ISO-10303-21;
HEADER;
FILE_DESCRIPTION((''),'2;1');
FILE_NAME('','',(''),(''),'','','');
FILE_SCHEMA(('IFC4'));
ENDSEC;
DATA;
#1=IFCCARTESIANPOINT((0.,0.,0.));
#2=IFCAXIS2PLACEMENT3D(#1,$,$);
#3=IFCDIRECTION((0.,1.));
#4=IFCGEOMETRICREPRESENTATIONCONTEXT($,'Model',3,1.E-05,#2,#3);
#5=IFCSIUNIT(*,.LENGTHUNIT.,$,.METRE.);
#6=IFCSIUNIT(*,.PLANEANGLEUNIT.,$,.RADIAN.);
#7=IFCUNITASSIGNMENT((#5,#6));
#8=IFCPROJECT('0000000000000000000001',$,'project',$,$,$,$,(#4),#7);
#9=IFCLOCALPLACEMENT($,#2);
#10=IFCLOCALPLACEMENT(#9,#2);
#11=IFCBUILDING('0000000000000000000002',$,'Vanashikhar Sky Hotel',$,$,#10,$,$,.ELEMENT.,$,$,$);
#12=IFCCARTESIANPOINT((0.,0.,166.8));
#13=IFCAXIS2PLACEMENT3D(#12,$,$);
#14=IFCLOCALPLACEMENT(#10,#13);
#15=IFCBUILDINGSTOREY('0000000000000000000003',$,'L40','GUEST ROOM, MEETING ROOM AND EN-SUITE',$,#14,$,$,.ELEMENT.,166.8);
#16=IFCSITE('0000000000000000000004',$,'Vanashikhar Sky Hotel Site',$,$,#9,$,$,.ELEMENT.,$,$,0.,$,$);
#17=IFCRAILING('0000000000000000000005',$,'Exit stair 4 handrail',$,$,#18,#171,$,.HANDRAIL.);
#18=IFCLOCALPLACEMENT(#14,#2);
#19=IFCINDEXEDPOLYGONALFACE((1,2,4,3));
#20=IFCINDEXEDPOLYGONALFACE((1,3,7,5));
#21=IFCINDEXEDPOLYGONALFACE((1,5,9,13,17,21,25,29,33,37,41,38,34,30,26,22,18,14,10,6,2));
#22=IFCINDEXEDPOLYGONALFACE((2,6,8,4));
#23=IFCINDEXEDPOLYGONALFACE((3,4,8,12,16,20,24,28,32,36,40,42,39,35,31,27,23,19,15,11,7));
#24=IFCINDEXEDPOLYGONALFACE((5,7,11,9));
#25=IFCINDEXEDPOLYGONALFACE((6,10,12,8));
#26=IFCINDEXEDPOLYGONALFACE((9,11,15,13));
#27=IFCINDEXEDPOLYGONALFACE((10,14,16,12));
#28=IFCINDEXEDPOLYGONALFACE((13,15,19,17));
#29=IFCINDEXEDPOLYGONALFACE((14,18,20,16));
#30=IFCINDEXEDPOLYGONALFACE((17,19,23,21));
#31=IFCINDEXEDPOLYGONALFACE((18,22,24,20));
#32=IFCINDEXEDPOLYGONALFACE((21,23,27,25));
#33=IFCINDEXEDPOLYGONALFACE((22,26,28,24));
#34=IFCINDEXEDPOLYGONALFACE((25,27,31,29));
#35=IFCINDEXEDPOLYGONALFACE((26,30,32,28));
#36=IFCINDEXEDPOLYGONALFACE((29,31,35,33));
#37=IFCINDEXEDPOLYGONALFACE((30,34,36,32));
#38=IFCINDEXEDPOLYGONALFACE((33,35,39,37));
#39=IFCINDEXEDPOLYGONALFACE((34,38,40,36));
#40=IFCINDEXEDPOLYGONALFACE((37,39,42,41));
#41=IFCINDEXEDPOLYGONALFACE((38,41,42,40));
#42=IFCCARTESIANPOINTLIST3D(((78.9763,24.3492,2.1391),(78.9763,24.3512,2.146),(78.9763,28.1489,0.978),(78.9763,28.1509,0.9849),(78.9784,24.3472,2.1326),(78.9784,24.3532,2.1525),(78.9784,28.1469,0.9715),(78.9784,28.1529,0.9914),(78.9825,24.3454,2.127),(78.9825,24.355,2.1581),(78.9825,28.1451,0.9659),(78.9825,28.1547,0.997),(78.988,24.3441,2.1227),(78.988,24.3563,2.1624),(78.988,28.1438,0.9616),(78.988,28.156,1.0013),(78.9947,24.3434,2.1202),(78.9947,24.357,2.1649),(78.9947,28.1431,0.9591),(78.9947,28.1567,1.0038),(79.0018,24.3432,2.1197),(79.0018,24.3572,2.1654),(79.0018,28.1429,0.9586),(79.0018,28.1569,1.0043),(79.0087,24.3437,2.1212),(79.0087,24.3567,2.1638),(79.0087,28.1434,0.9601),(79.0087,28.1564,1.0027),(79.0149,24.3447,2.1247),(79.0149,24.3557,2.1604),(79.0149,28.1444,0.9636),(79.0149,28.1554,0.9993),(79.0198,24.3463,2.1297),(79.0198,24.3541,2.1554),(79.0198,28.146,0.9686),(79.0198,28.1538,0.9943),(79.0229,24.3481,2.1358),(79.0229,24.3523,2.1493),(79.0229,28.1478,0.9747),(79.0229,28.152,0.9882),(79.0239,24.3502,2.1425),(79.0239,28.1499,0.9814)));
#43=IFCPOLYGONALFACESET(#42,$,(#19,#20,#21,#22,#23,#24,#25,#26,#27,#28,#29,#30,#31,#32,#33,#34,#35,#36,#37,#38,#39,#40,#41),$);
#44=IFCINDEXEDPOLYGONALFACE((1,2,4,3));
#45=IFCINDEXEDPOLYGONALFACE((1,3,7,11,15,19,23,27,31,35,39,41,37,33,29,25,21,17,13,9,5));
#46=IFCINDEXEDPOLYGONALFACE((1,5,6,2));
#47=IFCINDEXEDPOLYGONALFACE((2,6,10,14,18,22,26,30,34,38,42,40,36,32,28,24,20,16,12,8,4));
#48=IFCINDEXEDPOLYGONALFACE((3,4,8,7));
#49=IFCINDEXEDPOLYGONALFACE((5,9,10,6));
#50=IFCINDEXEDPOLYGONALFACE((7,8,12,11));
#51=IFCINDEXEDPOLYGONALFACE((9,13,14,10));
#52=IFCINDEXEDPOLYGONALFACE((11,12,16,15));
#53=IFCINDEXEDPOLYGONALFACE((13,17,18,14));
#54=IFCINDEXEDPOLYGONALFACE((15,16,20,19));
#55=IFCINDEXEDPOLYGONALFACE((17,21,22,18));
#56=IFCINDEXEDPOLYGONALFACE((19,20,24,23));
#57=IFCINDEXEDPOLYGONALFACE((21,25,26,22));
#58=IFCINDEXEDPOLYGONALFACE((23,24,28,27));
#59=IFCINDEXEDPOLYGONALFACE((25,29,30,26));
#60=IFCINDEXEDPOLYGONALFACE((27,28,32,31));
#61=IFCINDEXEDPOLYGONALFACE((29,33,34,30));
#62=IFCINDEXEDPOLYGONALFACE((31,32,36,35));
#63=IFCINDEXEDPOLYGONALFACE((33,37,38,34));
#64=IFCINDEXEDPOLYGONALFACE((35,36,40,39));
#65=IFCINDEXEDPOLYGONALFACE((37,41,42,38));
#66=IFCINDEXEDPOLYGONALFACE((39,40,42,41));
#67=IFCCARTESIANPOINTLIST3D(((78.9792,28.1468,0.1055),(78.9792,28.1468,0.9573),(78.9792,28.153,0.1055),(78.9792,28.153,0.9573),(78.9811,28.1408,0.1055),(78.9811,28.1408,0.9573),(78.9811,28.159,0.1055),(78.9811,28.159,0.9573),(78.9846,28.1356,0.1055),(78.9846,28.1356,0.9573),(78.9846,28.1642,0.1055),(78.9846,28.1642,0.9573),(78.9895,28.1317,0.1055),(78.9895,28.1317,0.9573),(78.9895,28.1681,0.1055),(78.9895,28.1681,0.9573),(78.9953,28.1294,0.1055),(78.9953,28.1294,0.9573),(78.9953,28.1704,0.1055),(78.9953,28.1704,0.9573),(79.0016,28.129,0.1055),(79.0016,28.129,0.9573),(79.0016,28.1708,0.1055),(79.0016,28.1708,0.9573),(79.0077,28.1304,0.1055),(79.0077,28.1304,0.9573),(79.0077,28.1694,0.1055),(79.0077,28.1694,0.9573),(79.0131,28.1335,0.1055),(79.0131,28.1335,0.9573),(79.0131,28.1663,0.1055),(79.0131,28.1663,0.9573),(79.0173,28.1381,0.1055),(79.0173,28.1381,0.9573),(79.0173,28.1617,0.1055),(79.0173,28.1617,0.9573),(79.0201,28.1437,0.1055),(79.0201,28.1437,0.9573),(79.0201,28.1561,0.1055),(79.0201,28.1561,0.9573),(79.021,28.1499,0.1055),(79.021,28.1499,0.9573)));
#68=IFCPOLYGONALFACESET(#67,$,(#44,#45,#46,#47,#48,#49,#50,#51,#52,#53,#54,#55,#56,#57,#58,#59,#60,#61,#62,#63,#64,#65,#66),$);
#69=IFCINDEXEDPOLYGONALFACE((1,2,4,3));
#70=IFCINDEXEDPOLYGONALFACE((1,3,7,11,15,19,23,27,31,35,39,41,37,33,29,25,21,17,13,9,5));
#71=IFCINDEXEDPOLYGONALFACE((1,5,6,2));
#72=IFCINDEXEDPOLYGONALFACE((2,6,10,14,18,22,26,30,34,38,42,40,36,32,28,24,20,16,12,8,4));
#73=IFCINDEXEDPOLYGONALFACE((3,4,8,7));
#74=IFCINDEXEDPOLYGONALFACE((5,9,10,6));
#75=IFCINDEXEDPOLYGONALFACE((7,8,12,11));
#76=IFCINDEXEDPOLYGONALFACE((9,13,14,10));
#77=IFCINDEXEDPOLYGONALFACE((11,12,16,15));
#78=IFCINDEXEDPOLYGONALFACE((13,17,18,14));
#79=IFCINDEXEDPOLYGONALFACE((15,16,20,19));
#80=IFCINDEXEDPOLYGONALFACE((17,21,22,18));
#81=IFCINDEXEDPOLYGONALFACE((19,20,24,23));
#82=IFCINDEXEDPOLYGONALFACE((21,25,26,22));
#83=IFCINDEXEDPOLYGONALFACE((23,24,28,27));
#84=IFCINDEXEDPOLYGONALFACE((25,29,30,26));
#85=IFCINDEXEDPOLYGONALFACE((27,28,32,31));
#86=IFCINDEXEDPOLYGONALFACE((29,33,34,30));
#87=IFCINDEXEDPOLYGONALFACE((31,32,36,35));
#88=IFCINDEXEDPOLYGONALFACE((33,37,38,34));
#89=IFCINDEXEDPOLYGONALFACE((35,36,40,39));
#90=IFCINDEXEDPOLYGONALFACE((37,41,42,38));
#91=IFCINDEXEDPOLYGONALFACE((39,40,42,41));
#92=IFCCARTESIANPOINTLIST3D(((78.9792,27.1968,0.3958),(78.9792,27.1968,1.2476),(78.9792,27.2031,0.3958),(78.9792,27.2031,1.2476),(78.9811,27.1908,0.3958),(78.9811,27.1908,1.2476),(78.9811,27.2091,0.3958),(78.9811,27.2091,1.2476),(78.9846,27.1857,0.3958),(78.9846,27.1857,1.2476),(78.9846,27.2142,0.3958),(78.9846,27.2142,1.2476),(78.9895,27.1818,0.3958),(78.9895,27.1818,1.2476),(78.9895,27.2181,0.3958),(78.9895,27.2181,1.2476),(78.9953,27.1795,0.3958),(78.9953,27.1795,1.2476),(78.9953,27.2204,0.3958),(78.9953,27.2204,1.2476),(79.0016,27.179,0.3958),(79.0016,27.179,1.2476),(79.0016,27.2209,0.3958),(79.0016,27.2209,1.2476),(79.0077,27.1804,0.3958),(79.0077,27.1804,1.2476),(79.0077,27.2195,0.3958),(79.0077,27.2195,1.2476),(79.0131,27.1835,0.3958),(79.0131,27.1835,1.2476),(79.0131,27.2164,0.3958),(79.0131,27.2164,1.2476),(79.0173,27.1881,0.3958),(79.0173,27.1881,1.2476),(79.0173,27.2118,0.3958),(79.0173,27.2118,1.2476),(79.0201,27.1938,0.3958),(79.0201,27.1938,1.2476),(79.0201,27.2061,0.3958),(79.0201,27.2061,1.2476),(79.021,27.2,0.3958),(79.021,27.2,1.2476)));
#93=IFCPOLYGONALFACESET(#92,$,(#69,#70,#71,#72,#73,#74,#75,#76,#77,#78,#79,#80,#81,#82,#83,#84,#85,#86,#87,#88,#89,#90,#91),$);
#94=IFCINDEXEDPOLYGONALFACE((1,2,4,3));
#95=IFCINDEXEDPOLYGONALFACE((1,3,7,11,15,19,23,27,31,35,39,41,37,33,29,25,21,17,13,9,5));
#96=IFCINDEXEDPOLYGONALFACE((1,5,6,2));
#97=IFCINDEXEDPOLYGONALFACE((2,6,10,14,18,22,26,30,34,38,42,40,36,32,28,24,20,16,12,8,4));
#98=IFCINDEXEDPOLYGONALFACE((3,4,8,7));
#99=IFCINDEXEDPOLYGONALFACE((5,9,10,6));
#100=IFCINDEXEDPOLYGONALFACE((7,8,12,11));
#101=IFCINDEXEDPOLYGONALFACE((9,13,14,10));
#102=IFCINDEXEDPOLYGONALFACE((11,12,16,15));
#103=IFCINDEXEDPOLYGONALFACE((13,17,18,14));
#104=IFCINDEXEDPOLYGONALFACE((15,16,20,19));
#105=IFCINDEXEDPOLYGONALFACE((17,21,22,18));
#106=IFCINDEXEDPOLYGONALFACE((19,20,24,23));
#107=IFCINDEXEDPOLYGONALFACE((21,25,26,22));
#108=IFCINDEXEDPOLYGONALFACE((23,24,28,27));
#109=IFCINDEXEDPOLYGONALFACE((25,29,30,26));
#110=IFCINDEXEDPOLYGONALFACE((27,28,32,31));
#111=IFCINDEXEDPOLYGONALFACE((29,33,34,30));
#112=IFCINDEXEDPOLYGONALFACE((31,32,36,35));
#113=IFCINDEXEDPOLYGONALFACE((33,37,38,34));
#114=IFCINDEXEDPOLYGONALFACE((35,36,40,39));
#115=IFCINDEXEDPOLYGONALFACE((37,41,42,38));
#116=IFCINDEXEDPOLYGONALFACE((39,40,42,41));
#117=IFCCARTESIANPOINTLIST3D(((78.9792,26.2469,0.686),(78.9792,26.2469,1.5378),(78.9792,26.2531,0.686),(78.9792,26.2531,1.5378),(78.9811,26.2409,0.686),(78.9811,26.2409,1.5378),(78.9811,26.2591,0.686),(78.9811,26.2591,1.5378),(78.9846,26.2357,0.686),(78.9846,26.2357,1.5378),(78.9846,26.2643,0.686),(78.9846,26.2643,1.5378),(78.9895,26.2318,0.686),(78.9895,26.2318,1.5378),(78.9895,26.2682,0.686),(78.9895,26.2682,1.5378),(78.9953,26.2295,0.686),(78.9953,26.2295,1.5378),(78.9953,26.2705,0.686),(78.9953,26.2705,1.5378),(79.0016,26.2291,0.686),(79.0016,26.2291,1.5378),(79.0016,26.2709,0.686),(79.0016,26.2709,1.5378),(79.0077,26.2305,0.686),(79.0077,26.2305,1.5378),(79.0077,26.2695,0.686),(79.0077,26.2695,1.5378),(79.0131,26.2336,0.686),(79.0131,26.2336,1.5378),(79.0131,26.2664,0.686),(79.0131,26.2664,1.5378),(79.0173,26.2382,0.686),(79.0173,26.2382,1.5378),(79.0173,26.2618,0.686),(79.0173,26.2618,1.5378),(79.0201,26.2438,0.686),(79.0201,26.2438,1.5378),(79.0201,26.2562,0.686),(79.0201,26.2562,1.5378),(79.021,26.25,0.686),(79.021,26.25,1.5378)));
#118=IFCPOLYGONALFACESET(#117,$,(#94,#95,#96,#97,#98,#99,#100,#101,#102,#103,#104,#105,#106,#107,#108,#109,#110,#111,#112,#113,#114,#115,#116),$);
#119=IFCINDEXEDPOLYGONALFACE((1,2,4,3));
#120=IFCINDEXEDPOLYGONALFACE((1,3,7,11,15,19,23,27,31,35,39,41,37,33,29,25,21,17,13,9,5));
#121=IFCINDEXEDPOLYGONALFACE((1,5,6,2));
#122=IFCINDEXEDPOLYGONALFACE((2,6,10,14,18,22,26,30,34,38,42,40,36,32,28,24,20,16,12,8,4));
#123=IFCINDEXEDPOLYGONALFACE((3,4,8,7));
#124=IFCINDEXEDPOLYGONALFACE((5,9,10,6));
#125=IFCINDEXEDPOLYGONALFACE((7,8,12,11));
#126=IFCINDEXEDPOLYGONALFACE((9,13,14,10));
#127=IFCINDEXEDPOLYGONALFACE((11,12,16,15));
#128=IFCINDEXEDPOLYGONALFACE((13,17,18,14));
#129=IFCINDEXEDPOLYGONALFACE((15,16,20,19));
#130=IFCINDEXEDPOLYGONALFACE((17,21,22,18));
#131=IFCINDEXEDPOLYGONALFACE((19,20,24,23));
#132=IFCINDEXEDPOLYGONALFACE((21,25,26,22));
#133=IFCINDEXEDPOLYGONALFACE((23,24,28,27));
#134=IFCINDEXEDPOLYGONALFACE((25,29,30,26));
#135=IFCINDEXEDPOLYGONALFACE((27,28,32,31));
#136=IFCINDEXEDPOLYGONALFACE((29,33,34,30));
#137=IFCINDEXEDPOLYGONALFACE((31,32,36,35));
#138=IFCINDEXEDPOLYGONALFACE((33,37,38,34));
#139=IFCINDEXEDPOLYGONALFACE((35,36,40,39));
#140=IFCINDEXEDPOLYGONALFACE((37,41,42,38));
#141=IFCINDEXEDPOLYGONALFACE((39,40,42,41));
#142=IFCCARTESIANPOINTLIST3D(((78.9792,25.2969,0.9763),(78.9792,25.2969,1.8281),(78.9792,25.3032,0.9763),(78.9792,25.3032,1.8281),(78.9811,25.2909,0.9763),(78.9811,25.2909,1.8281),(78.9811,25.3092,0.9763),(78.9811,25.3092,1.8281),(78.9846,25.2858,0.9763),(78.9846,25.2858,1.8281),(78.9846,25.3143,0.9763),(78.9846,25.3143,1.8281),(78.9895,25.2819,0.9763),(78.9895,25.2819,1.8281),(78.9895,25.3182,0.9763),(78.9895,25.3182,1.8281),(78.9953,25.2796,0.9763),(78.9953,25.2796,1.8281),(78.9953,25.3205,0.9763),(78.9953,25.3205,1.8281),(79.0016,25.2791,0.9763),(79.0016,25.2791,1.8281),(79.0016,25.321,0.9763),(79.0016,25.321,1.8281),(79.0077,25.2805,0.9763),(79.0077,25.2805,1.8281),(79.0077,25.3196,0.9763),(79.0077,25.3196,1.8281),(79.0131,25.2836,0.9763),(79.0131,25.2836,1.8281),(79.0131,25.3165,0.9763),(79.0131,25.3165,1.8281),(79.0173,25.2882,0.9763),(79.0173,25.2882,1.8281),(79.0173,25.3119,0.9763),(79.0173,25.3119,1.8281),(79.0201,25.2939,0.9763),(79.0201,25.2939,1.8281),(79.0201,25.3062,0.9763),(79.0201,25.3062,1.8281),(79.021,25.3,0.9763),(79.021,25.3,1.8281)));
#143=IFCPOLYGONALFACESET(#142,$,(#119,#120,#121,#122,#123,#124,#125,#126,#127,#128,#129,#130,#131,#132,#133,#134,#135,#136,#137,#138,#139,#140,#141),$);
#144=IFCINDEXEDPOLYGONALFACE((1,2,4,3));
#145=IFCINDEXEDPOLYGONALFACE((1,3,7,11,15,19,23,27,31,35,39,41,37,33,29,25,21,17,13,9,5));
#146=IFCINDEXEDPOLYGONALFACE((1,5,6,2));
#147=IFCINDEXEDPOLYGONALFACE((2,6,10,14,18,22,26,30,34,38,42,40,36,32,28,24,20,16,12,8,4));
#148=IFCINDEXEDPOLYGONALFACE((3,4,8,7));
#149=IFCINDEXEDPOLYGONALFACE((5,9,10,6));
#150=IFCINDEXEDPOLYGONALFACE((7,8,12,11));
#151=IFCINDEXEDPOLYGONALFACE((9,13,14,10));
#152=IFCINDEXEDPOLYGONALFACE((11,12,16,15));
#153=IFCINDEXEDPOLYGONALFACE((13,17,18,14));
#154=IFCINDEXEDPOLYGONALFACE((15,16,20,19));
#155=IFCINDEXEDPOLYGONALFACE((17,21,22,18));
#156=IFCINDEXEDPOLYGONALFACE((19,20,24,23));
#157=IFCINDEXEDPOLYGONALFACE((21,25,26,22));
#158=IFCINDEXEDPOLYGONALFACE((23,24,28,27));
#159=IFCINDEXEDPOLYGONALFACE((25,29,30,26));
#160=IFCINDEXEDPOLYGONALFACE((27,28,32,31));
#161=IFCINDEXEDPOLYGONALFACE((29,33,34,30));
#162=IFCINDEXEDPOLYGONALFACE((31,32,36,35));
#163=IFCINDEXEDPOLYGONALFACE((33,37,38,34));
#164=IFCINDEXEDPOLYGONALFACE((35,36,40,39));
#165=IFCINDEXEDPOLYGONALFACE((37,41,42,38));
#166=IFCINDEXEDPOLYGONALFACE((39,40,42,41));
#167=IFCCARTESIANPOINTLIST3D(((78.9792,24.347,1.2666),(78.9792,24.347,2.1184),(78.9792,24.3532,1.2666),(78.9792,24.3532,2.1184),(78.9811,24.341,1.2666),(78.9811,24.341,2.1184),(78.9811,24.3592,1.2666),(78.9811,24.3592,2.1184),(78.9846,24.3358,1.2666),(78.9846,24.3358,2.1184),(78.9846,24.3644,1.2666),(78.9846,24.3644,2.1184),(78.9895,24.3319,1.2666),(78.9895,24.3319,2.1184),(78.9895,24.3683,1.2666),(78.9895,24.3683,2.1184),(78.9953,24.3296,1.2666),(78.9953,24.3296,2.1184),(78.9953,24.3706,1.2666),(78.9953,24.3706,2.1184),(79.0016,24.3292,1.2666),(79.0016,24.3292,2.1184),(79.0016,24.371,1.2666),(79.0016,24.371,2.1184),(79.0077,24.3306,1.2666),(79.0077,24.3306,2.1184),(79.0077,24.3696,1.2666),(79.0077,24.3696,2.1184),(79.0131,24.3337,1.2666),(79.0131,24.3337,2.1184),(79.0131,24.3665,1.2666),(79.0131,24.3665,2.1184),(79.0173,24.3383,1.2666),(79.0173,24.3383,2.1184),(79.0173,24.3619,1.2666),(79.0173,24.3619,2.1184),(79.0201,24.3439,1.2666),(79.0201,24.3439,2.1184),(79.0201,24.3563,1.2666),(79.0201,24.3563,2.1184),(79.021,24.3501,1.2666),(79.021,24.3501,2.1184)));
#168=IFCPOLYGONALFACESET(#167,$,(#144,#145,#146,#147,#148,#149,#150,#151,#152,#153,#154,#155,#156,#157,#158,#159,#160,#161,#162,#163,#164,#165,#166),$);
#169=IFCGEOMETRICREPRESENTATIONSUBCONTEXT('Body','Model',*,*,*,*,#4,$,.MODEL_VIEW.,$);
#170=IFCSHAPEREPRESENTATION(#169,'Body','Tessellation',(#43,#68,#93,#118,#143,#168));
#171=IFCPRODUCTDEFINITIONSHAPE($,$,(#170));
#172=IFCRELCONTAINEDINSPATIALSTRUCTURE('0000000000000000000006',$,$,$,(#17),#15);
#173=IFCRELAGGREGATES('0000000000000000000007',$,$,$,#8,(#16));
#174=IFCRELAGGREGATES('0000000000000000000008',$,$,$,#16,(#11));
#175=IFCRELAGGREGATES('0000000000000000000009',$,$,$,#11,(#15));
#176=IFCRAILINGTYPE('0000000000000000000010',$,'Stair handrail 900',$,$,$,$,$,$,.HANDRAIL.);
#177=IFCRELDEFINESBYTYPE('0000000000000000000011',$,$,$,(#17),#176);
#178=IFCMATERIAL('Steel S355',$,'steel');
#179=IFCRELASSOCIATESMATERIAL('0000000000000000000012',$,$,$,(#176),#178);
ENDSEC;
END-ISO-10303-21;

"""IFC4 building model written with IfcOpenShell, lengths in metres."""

from ifc_helpers import new_model, si_unit, direction, frame, origin, origin_2d, place, context, subcontext, project, spatial, circle, extrude, source, transform, mapped, material, type_object, element, save


model = new_model("IFC4")

# Units and contexts
model_context = context("Model", 3, precision=1e-05, world=origin(), true_north=direction((0.0, 1.0)))
body_context = subcontext(model_context, "Body", "Model", "MODEL_VIEW")
ifc_project = project(units=[si_unit("LENGTHUNIT", "METRE"), si_unit("PLANEANGLEUNIT", "RADIAN")], contexts=[model_context])

# Site, building, storey
site_placement = place(None, origin())
site = spatial("IfcSite", under=ifc_project, at=site_placement, Name="Vanashikhar Sky Hotel Site", CompositionType="ELEMENT", RefElevation=0.0)
building_placement = place(site_placement, origin())
building = spatial("IfcBuilding", under=site, at=building_placement, Name="Vanashikhar Sky Hotel", CompositionType="ELEMENT")
storey_placement = place(building_placement, frame((0.0, 0.0, 166.8)))
storey = spatial("IfcBuildingStorey", under=building, at=storey_placement, Name="L40", Description="GUEST ROOM, MEETING ROOM AND EN-SUITE", CompositionType="ELEMENT", Elevation=166.8)

# Railing
ifc_material_1 = material(Name="Steel S355", Category="steel")
railing_type_1 = type_object("IfcRailingType", Name="Stair handrail 900", PredefinedType="HANDRAIL", material=ifc_material_1)
shared_shape_1 = source(origin(), body_context, "Body", "SweptSolid", [
    extrude(circle(Radius=0.0239, at=origin_2d()), frame((0.0, 0.0, 0.876), z_axis=(0.0, -0.956346, 0.292237), x_axis=(1.0, 0.0, 0.0)), (0.0, 0.0, 1.0), 3.9731),
    extrude(circle(Radius=0.021, at=origin_2d()), origin(), (0.0, 0.0, 1.0), 0.8518),
    extrude(circle(Radius=0.021, at=origin_2d()), frame((0.0, -0.95, 0.2903)), (0.0, 0.0, 1.0), 0.8518),
    extrude(circle(Radius=0.021, at=origin_2d()), frame((0.0, -1.8999, 0.5806)), (0.0, 0.0, 1.0), 0.8518),
    extrude(circle(Radius=0.021, at=origin_2d()), frame((0.0, -2.8499, 0.8708)), (0.0, 0.0, 1.0), 0.8518),
    extrude(circle(Radius=0.021, at=origin_2d()), frame((0.0, -3.7998, 1.1611)), (0.0, 0.0, 1.0), 0.8518),
])
for number, where, name in (
    (1, (79.0, 28.1499, 0.1055), "Exit stair 4 handrail"),
):
    element("IfcRailing", number, at=place(storey_placement, frame(where)), inside=storey, type_object=railing_type_1, Name=name, PredefinedType="HANDRAIL", context=body_context, shape_type="MappedRepresentation", body=[
        mapped(shared_shape_1, transform((0.0, 0.0, 0.0), scale=1.0)),
    ])

save(model, "model.ifc")
